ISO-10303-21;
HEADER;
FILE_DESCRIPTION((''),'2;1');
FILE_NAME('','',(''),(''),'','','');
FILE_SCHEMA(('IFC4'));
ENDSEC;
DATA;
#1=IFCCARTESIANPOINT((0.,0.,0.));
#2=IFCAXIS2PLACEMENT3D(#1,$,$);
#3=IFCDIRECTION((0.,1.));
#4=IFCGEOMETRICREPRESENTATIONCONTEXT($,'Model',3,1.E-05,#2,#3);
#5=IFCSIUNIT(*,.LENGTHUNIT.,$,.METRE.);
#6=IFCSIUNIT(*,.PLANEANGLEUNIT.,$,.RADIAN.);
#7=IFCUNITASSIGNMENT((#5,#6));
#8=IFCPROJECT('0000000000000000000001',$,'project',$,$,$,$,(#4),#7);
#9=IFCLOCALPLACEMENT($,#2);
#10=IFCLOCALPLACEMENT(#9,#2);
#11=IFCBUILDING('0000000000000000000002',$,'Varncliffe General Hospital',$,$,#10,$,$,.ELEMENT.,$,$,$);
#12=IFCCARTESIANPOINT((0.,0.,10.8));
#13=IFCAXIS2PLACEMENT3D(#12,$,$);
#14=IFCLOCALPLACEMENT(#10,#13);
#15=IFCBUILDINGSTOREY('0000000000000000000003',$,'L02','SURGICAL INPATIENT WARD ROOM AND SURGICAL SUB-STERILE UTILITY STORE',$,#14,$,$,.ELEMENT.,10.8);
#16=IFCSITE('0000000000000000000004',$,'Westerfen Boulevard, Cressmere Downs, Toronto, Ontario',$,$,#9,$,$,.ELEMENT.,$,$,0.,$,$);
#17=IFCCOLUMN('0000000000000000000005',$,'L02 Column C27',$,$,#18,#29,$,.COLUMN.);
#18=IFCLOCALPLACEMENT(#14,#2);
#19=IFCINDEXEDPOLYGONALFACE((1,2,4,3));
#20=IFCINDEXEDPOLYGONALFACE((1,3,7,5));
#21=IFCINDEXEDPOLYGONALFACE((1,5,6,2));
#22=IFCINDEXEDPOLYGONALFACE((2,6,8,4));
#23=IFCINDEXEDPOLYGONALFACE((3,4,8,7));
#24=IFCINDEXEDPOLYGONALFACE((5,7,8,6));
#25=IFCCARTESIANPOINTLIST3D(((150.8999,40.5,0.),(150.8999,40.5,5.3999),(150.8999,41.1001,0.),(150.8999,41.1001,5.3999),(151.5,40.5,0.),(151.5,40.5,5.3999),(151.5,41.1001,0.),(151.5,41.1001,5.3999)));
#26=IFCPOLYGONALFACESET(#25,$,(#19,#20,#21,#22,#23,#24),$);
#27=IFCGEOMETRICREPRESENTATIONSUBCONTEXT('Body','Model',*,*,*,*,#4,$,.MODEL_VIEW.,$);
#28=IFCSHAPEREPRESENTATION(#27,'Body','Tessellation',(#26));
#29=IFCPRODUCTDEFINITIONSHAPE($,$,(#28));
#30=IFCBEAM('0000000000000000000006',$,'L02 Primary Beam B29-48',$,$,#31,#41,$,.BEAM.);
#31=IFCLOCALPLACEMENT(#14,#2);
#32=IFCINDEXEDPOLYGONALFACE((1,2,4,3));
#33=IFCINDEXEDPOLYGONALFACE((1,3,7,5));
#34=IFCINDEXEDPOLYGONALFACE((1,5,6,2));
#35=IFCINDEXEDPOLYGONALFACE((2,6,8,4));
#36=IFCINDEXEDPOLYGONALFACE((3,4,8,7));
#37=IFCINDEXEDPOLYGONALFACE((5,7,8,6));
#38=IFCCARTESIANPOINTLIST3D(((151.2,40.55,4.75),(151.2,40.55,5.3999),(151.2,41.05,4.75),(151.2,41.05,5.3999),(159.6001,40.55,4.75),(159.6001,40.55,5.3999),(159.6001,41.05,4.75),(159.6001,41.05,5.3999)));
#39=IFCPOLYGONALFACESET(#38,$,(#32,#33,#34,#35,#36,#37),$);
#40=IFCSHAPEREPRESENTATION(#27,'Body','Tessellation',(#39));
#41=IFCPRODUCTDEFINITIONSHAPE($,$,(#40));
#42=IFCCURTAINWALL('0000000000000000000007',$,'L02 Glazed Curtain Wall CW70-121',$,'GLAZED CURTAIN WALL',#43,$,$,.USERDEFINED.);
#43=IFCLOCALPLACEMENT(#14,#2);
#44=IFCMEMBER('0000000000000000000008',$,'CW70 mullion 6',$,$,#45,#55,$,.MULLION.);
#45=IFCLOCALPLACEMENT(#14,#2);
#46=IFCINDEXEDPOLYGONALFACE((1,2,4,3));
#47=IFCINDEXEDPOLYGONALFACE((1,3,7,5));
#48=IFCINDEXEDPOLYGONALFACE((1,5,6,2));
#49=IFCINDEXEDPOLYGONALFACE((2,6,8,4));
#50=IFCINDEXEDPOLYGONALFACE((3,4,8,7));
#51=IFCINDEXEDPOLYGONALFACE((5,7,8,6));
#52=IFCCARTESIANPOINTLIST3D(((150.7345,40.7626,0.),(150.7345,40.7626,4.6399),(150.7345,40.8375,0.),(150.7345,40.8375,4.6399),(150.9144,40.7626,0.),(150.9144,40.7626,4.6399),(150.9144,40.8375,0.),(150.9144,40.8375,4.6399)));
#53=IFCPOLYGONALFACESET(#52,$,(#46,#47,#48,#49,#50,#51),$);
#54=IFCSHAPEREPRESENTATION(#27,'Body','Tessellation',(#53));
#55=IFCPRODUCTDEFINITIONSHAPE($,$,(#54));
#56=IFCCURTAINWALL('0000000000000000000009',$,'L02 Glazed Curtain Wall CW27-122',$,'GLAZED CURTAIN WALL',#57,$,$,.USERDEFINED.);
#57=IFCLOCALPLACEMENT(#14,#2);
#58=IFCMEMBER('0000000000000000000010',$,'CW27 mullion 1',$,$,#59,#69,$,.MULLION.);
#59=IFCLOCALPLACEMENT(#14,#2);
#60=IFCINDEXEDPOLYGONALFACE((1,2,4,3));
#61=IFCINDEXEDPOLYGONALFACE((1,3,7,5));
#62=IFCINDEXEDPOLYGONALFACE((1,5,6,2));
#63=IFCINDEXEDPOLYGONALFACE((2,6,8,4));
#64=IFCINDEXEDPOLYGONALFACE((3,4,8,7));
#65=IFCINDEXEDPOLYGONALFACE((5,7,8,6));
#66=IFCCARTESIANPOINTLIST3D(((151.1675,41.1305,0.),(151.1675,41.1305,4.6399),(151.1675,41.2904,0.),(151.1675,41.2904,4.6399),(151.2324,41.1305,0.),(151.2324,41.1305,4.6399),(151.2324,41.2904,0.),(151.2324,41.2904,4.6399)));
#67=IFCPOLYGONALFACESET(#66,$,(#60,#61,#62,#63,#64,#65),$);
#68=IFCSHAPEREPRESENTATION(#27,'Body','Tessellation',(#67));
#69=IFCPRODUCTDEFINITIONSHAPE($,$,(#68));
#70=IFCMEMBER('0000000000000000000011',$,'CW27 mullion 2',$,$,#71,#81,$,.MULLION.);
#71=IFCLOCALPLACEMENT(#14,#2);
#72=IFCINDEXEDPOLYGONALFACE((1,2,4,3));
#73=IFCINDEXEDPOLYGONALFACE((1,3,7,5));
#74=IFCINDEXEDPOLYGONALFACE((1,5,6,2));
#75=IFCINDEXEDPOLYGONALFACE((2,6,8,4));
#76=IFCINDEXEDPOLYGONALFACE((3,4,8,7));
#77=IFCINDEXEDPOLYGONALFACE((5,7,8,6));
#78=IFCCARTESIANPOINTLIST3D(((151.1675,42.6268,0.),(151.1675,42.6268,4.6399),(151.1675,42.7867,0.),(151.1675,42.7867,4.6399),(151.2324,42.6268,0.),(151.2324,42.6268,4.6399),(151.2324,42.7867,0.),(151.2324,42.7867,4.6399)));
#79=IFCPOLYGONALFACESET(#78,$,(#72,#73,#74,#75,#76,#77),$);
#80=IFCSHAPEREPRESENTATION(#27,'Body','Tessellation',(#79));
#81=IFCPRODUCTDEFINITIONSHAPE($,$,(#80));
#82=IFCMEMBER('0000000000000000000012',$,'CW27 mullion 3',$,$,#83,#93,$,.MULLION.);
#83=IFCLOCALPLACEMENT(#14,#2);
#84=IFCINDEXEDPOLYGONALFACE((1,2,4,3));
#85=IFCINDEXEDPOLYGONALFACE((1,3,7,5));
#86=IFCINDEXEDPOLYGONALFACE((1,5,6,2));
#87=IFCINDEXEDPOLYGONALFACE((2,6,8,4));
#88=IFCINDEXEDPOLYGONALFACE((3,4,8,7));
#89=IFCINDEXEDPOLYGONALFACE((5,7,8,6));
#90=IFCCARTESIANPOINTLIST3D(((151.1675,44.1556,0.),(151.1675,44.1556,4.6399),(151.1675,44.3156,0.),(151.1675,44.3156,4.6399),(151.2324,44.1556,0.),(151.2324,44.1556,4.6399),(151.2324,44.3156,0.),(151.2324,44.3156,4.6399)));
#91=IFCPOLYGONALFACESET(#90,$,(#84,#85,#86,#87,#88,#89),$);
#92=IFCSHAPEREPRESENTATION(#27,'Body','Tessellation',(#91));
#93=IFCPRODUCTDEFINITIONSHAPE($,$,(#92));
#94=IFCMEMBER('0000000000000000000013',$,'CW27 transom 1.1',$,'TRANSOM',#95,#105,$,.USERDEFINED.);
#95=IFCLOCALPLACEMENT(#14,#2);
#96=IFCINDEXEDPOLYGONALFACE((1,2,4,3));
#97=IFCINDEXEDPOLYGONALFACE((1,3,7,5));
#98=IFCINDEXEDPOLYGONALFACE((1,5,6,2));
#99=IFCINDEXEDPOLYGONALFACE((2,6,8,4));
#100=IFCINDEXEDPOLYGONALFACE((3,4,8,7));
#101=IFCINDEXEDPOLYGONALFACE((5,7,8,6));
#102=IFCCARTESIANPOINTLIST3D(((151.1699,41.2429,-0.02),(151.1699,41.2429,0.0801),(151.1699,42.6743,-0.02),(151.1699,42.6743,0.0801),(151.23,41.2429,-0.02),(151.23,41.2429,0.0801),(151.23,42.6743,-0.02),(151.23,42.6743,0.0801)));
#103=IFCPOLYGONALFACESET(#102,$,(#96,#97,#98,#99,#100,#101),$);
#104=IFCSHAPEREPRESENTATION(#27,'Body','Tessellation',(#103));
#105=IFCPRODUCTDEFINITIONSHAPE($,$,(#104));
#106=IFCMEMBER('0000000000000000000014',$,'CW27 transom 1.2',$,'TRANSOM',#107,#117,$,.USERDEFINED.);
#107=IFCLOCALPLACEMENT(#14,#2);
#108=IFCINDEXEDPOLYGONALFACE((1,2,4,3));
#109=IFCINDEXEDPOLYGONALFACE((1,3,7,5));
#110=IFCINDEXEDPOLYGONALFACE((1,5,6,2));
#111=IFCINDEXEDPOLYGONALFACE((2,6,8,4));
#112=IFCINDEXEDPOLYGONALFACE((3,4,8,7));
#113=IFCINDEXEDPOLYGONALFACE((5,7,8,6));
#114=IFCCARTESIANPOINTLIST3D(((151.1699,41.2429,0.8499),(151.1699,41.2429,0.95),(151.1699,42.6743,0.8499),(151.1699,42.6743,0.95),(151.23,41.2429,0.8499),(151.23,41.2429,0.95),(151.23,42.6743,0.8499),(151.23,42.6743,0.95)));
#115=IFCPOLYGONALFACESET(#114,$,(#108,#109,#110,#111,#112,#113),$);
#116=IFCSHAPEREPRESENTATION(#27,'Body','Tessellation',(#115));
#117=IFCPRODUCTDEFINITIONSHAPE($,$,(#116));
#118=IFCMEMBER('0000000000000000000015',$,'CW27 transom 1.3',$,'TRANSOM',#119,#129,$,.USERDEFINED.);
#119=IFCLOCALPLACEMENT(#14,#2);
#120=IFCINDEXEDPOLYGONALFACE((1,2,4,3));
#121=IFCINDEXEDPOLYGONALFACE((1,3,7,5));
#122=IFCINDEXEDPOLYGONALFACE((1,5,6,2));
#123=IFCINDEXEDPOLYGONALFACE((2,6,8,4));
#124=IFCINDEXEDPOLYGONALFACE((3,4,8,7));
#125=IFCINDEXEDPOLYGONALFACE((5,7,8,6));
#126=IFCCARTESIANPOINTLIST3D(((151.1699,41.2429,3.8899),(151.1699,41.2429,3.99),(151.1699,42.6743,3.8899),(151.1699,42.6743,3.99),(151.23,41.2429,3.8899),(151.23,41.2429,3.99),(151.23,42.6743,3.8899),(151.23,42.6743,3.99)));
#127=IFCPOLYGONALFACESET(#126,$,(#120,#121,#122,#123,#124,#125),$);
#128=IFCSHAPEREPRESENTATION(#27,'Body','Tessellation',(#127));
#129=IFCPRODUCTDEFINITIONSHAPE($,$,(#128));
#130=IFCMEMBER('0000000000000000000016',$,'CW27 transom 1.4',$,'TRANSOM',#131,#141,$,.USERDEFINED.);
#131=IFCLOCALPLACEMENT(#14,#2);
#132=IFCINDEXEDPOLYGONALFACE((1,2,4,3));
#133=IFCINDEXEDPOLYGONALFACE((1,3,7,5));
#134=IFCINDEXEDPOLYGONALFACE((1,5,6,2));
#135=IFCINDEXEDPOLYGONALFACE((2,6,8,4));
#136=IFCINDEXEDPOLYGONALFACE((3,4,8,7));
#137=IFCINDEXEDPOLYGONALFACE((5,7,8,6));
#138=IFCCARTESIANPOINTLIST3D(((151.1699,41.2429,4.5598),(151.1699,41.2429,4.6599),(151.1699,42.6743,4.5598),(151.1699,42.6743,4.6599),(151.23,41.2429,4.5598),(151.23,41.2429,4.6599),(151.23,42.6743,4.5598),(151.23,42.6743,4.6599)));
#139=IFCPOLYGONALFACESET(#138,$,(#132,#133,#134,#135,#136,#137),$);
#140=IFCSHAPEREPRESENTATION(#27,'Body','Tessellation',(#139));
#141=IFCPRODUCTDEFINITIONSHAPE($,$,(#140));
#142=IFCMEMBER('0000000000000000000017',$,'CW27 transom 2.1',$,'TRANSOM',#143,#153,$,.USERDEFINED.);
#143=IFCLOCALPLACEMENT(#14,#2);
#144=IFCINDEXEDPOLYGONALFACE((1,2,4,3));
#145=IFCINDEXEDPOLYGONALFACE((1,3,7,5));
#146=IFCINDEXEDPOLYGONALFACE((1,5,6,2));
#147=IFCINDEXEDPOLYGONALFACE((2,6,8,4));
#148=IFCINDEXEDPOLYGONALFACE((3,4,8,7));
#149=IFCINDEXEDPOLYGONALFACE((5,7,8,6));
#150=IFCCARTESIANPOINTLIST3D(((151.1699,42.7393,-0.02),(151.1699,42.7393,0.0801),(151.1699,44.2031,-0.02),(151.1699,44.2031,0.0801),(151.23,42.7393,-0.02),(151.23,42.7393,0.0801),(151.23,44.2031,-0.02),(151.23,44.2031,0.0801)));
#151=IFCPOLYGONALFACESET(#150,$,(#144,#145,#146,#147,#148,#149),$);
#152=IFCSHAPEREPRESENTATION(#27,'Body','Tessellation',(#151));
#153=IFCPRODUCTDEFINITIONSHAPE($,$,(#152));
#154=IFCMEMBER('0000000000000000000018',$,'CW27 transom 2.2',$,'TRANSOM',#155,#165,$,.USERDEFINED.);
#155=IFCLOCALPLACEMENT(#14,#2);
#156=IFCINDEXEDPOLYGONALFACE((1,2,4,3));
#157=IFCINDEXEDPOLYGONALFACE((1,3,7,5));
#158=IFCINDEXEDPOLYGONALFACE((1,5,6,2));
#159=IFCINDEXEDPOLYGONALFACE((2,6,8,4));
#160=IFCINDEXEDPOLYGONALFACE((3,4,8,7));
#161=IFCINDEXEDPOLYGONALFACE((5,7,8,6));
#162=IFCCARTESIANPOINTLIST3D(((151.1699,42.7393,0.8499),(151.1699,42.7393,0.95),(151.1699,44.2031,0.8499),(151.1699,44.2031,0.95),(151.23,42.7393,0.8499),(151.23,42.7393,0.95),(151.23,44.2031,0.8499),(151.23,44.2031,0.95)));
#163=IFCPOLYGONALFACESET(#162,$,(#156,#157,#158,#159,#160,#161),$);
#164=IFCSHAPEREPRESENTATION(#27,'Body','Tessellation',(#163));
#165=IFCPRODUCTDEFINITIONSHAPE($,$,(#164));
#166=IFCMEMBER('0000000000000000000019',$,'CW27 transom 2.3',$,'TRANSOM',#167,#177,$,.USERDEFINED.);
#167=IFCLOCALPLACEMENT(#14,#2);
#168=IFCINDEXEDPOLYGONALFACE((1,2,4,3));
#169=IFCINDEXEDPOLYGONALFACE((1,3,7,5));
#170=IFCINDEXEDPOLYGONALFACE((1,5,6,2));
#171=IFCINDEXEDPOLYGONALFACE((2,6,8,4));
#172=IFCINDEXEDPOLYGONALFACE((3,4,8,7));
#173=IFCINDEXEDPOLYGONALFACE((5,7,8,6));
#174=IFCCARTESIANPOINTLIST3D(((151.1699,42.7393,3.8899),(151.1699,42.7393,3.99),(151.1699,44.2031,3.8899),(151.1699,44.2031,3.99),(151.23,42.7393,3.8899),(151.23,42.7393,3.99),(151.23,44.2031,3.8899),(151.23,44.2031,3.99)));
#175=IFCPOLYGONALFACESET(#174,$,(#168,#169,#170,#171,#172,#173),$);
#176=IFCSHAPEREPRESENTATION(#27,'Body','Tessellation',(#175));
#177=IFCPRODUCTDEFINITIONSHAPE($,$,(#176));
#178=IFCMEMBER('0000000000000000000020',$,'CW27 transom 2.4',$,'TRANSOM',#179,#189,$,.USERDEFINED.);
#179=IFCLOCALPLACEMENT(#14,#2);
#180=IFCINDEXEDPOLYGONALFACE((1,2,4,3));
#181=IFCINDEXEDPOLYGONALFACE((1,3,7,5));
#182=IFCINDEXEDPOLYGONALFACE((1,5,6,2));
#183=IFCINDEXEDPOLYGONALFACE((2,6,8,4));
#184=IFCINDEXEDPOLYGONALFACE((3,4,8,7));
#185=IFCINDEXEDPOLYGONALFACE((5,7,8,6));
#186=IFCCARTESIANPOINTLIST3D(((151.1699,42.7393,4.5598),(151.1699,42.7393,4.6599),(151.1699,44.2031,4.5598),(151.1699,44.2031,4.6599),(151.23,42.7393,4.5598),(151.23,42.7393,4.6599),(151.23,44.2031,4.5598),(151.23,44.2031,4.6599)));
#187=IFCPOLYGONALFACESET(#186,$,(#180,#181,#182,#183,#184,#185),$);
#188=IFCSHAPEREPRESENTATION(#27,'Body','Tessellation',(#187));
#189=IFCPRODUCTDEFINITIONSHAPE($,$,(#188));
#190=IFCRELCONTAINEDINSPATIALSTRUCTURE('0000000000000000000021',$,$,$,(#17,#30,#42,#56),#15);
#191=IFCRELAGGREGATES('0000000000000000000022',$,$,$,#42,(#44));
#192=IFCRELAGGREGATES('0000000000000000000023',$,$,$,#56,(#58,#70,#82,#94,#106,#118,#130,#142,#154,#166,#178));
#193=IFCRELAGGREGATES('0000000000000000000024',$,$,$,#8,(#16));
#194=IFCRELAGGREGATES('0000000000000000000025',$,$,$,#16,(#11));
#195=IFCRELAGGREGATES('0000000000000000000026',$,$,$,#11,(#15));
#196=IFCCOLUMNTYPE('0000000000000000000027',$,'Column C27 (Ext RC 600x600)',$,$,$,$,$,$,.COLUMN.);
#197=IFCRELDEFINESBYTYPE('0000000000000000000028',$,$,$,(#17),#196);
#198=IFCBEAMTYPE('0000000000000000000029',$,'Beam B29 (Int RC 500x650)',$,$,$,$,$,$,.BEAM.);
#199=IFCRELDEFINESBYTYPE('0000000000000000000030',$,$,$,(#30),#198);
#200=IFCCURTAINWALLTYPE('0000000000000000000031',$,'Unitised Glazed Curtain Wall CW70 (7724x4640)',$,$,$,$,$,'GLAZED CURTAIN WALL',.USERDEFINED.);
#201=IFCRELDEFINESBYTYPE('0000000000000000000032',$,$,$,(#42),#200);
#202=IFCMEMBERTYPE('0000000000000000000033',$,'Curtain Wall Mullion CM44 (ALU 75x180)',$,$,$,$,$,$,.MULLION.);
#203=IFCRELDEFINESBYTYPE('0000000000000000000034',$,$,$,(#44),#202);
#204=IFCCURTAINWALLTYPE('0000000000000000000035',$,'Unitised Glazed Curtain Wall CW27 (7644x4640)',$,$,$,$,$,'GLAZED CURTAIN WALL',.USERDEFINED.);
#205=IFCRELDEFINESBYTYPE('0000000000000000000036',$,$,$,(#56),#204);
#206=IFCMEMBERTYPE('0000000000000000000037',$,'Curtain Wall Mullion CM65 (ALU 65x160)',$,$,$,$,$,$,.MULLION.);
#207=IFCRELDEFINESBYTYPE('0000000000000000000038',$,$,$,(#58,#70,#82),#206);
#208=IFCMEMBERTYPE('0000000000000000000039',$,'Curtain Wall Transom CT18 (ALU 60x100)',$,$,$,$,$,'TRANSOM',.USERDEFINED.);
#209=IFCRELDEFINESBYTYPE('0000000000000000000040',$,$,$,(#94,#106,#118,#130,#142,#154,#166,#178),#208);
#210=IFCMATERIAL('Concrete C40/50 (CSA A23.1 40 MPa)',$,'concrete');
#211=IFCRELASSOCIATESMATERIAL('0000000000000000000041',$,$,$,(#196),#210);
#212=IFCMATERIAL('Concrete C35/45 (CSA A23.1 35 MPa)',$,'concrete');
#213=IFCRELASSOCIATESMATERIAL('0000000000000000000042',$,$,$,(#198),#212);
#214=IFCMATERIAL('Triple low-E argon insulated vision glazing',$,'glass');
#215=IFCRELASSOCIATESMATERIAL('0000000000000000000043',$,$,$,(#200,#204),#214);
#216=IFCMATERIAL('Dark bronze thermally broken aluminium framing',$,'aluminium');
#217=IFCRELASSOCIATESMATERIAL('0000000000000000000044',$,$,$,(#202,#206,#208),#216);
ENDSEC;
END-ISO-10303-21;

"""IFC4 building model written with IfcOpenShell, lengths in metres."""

from ifc_helpers import new_model, si_unit, direction, frame, origin, origin_2d, place, context, subcontext, project, spatial, rectangle, extrude, material, material_profile, profile_set, type_object, element, aggregate, save


model = new_model("IFC4")

# Units and contexts
model_context = context("Model", 3, precision=1e-05, world=origin(), true_north=direction((0.0, 1.0)))
body_context = subcontext(model_context, "Body", "Model", "MODEL_VIEW")
ifc_project = project(units=[si_unit("LENGTHUNIT", "METRE"), si_unit("PLANEANGLEUNIT", "RADIAN")], contexts=[model_context])

# Site, building, storey
site_placement = place(None, origin())
site = spatial("IfcSite", under=ifc_project, at=site_placement, Name="Westerfen Boulevard, Cressmere Downs, Toronto, Ontario", CompositionType="ELEMENT", RefElevation=0.0)
building_placement = place(site_placement, origin())
building = spatial("IfcBuilding", under=site, at=building_placement, Name="Varncliffe General Hospital", CompositionType="ELEMENT")
storey_placement = place(building_placement, frame((0.0, 0.0, 10.8)))
storey = spatial("IfcBuildingStorey", under=building, at=storey_placement, Name="L02", Description="SURGICAL INPATIENT WARD ROOM AND SURGICAL SUB-STERILE UTILITY STORE", CompositionType="ELEMENT", Elevation=10.8)

# Column
ifc_material_1 = material(Name="Concrete C40/50 (CSA A23.1 40 MPa)", Category="concrete")
ifc_material_profile_1 = material_profile(ifc_material_1, rectangle(XDim=0.6001, YDim=0.6001, at=origin_2d()), Name="RC 600x600")
ifc_profile_set_1 = profile_set([ifc_material_profile_1], Name="Concrete C40/50 (CSA A23.1 40 MPa)")
column_type = type_object("IfcColumnType", Name="Column C27 (Ext RC 600x600)", PredefinedType="COLUMN", material=ifc_profile_set_1)
column_placement = place(storey_placement, frame((151.2, 40.8, 0.0), z_axis=(0.0, 0.0, 1.0), x_axis=(1.0, 0.0, 0.0)))
element("IfcColumn", 1, at=column_placement, inside=storey, type_object=column_type, Name="L02 Column C27", PredefinedType="COLUMN", context=body_context, shape_type="SweptSolid", body=[
    extrude(rectangle(XDim=0.6001, YDim=0.6001, at=origin_2d()), origin(), (0.0, 0.0, 1.0), 5.3999),
])

# Beam
ifc_material_2 = material(Name="Concrete C35/45 (CSA A23.1 35 MPa)", Category="concrete")
ifc_material_profile_2 = material_profile(ifc_material_2, rectangle(XDim=0.5, YDim=0.6499, at=origin_2d()), Name="RC 500x650")
ifc_profile_set_2 = profile_set([ifc_material_profile_2], Name="Concrete C35/45 (CSA A23.1 35 MPa)")
beam_type_1 = type_object("IfcBeamType", Name="Beam B29 (Int RC 500x650)", PredefinedType="BEAM", material=ifc_profile_set_2)
beam_1_placement = place(storey_placement, frame((151.2, 40.8, 5.075), z_axis=(1.0, 0.0, 0.0), x_axis=(0.0, 1.0, 0.0)))
element("IfcBeam", 2, at=beam_1_placement, inside=storey, type_object=beam_type_1, Name="L02 Primary Beam B29-48", PredefinedType="BEAM", context=body_context, shape_type="SweptSolid", body=[
    extrude(rectangle(XDim=0.5, YDim=0.6499, at=origin_2d()), origin(), (0.0, 0.0, 1.0), 8.4001),
])

# Curtain wall, member
ifc_material_3 = material(Name="Triple low-E argon insulated vision glazing", Category="glass")
curtain_wall_type_1 = type_object("IfcCurtainWallType", Name="Unitised Glazed Curtain Wall CW70 (7724x4640)", ElementType="GLAZED CURTAIN WALL", PredefinedType="USERDEFINED", material=ifc_material_3)
curtain_wall_1_placement = place(storey_placement, origin())
curtain_wall_1 = element("IfcCurtainWall", 3, at=curtain_wall_1_placement, inside=storey, type_object=curtain_wall_type_1, Name="L02 Glazed Curtain Wall CW70-121", ObjectType="GLAZED CURTAIN WALL", PredefinedType="USERDEFINED")
ifc_material_4 = material(Name="Dark bronze thermally broken aluminium framing", Category="aluminium")
ifc_material_profile_3 = material_profile(ifc_material_4, rectangle(XDim=0.075, YDim=0.1799, at=origin_2d()), Name="ALU 75x180")
ifc_profile_set_3 = profile_set([ifc_material_profile_3], Name="Dark bronze thermally broken aluminium framing")
member_type_1 = type_object("IfcMemberType", Name="Curtain Wall Mullion CM44 (ALU 75x180)", PredefinedType="MULLION", material=ifc_profile_set_3)
member_1_placement = place(storey_placement, frame((150.8245, 40.8, 0.0), z_axis=(0.0, 0.0, 1.0), x_axis=(0.0, 1.0, 0.0)))
member_1 = element("IfcMember", 4, at=member_1_placement, type_object=member_type_1, Name="CW70 mullion 6", PredefinedType="MULLION", context=body_context, shape_type="SweptSolid", body=[
    extrude(rectangle(XDim=0.075, YDim=0.1799, at=origin_2d()), origin(), (0.0, 0.0, 1.0), 4.6399),
])
aggregate(curtain_wall_1, [member_1])

# Curtain wall, members
curtain_wall_type_2 = type_object("IfcCurtainWallType", Name="Unitised Glazed Curtain Wall CW27 (7644x4640)", ElementType="GLAZED CURTAIN WALL", PredefinedType="USERDEFINED", material=ifc_material_3)
curtain_wall_2_placement = place(storey_placement, origin())
curtain_wall_2 = element("IfcCurtainWall", 5, at=curtain_wall_2_placement, inside=storey, type_object=curtain_wall_type_2, Name="L02 Glazed Curtain Wall CW27-122", ObjectType="GLAZED CURTAIN WALL", PredefinedType="USERDEFINED")
ifc_material_profile_4 = material_profile(ifc_material_4, rectangle(XDim=0.0649, YDim=0.1599, at=origin_2d()), Name="ALU 65x160")
ifc_profile_set_4 = profile_set([ifc_material_profile_4], Name="Dark bronze thermally broken aluminium framing")
member_type_2 = type_object("IfcMemberType", Name="Curtain Wall Mullion CM65 (ALU 65x160)", PredefinedType="MULLION", material=ifc_profile_set_4)
member_2_placement = place(storey_placement, frame((151.2, 41.2104, 0.0), z_axis=(0.0, 0.0, 1.0), x_axis=(-1.0, 0.0, 0.0)))
member_2 = element("IfcMember", 6, at=member_2_placement, type_object=member_type_2, Name="CW27 mullion 1", PredefinedType="MULLION", context=body_context, shape_type="SweptSolid", body=[
    extrude(rectangle(XDim=0.0649, YDim=0.1599, at=origin_2d()), origin(), (0.0, 0.0, 1.0), 4.6399),
])
member_3_placement = place(storey_placement, frame((151.2, 42.7068, 0.0), z_axis=(0.0, 0.0, 1.0), x_axis=(-1.0, 0.0, 0.0)))
member_3 = element("IfcMember", 7, at=member_3_placement, type_object=member_type_2, Name="CW27 mullion 2", PredefinedType="MULLION", context=body_context, shape_type="SweptSolid", body=[
    extrude(rectangle(XDim=0.0649, YDim=0.1599, at=origin_2d()), origin(), (0.0, 0.0, 1.0), 4.6399),
])
member_4_placement = place(storey_placement, frame((151.2, 44.2356, 0.0), z_axis=(0.0, 0.0, 1.0), x_axis=(-1.0, 0.0, 0.0)))
member_4 = element("IfcMember", 8, at=member_4_placement, type_object=member_type_2, Name="CW27 mullion 3", PredefinedType="MULLION", context=body_context, shape_type="SweptSolid", body=[
    extrude(rectangle(XDim=0.0649, YDim=0.1599, at=origin_2d()), origin(), (0.0, 0.0, 1.0), 4.6399),
])
ifc_material_profile_5 = material_profile(ifc_material_4, rectangle(XDim=0.0601, YDim=0.1001, at=origin_2d()), Name="ALU 60x100")
ifc_profile_set_5 = profile_set([ifc_material_profile_5], Name="Dark bronze thermally broken aluminium framing")
member_type_3 = type_object("IfcMemberType", Name="Curtain Wall Transom CT18 (ALU 60x100)", ElementType="TRANSOM", PredefinedType="USERDEFINED", material=ifc_profile_set_5)
member_5_placement = place(storey_placement, frame((151.2, 41.2429, 0.03), z_axis=(0.0, 1.0, 0.0), x_axis=(-1.0, 0.0, 0.0)))
member_5 = element("IfcMember", 9, at=member_5_placement, type_object=member_type_3, Name="CW27 transom 1.1", ObjectType="TRANSOM", PredefinedType="USERDEFINED", context=body_context, shape_type="SweptSolid", body=[
    extrude(rectangle(XDim=0.0601, YDim=0.1001, at=origin_2d()), origin(), (0.0, 0.0, 1.0), 1.4314),
])
member_6_placement = place(storey_placement, frame((151.2, 41.2429, 0.8999), z_axis=(0.0, 1.0, 0.0), x_axis=(-1.0, 0.0, 0.0)))
member_6 = element("IfcMember", 10, at=member_6_placement, type_object=member_type_3, Name="CW27 transom 1.2", ObjectType="TRANSOM", PredefinedType="USERDEFINED", context=body_context, shape_type="SweptSolid", body=[
    extrude(rectangle(XDim=0.0601, YDim=0.1001, at=origin_2d()), origin(), (0.0, 0.0, 1.0), 1.4314),
])
member_7_placement = place(storey_placement, frame((151.2, 41.2429, 3.9399), z_axis=(0.0, 1.0, 0.0), x_axis=(-1.0, 0.0, 0.0)))
member_7 = element("IfcMember", 11, at=member_7_placement, type_object=member_type_3, Name="CW27 transom 1.3", ObjectType="TRANSOM", PredefinedType="USERDEFINED", context=body_context, shape_type="SweptSolid", body=[
    extrude(rectangle(XDim=0.0601, YDim=0.1001, at=origin_2d()), origin(), (0.0, 0.0, 1.0), 1.4314),
])
member_8_placement = place(storey_placement, frame((151.2, 41.2429, 4.6099), z_axis=(0.0, 1.0, 0.0), x_axis=(-1.0, 0.0, 0.0)))
member_8 = element("IfcMember", 12, at=member_8_placement, type_object=member_type_3, Name="CW27 transom 1.4", ObjectType="TRANSOM", PredefinedType="USERDEFINED", context=body_context, shape_type="SweptSolid", body=[
    extrude(rectangle(XDim=0.0601, YDim=0.1001, at=origin_2d()), origin(), (0.0, 0.0, 1.0), 1.4314),
])
member_9_placement = place(storey_placement, frame((151.2, 42.7393, 0.03), z_axis=(0.0, 1.0, 0.0), x_axis=(-1.0, 0.0, 0.0)))
member_9 = element("IfcMember", 13, at=member_9_placement, type_object=member_type_3, Name="CW27 transom 2.1", ObjectType="TRANSOM", PredefinedType="USERDEFINED", context=body_context, shape_type="SweptSolid", body=[
    extrude(rectangle(XDim=0.0601, YDim=0.1001, at=origin_2d()), origin(), (0.0, 0.0, 1.0), 1.4639),
])
member_10_placement = place(storey_placement, frame((151.2, 42.7393, 0.8999), z_axis=(0.0, 1.0, 0.0), x_axis=(-1.0, 0.0, 0.0)))
member_10 = element("IfcMember", 14, at=member_10_placement, type_object=member_type_3, Name="CW27 transom 2.2", ObjectType="TRANSOM", PredefinedType="USERDEFINED", context=body_context, shape_type="SweptSolid", body=[
    extrude(rectangle(XDim=0.0601, YDim=0.1001, at=origin_2d()), origin(), (0.0, 0.0, 1.0), 1.4639),
])
member_11_placement = place(storey_placement, frame((151.2, 42.7393, 3.9399), z_axis=(0.0, 1.0, 0.0), x_axis=(-1.0, 0.0, 0.0)))
member_11 = element("IfcMember", 15, at=member_11_placement, type_object=member_type_3, Name="CW27 transom 2.3", ObjectType="TRANSOM", PredefinedType="USERDEFINED", context=body_context, shape_type="SweptSolid", body=[
    extrude(rectangle(XDim=0.0601, YDim=0.1001, at=origin_2d()), origin(), (0.0, 0.0, 1.0), 1.4639),
])
member_12_placement = place(storey_placement, frame((151.2, 42.7393, 4.6099), z_axis=(0.0, 1.0, 0.0), x_axis=(-1.0, 0.0, 0.0)))
member_12 = element("IfcMember", 16, at=member_12_placement, type_object=member_type_3, Name="CW27 transom 2.4", ObjectType="TRANSOM", PredefinedType="USERDEFINED", context=body_context, shape_type="SweptSolid", body=[
    extrude(rectangle(XDim=0.0601, YDim=0.1001, at=origin_2d()), origin(), (0.0, 0.0, 1.0), 1.4639),
])

aggregate(curtain_wall_2, [member_2, member_3, member_4, member_5, member_6, member_7, member_8, member_9, member_10, member_11, member_12])

save(model, "model.ifc")
